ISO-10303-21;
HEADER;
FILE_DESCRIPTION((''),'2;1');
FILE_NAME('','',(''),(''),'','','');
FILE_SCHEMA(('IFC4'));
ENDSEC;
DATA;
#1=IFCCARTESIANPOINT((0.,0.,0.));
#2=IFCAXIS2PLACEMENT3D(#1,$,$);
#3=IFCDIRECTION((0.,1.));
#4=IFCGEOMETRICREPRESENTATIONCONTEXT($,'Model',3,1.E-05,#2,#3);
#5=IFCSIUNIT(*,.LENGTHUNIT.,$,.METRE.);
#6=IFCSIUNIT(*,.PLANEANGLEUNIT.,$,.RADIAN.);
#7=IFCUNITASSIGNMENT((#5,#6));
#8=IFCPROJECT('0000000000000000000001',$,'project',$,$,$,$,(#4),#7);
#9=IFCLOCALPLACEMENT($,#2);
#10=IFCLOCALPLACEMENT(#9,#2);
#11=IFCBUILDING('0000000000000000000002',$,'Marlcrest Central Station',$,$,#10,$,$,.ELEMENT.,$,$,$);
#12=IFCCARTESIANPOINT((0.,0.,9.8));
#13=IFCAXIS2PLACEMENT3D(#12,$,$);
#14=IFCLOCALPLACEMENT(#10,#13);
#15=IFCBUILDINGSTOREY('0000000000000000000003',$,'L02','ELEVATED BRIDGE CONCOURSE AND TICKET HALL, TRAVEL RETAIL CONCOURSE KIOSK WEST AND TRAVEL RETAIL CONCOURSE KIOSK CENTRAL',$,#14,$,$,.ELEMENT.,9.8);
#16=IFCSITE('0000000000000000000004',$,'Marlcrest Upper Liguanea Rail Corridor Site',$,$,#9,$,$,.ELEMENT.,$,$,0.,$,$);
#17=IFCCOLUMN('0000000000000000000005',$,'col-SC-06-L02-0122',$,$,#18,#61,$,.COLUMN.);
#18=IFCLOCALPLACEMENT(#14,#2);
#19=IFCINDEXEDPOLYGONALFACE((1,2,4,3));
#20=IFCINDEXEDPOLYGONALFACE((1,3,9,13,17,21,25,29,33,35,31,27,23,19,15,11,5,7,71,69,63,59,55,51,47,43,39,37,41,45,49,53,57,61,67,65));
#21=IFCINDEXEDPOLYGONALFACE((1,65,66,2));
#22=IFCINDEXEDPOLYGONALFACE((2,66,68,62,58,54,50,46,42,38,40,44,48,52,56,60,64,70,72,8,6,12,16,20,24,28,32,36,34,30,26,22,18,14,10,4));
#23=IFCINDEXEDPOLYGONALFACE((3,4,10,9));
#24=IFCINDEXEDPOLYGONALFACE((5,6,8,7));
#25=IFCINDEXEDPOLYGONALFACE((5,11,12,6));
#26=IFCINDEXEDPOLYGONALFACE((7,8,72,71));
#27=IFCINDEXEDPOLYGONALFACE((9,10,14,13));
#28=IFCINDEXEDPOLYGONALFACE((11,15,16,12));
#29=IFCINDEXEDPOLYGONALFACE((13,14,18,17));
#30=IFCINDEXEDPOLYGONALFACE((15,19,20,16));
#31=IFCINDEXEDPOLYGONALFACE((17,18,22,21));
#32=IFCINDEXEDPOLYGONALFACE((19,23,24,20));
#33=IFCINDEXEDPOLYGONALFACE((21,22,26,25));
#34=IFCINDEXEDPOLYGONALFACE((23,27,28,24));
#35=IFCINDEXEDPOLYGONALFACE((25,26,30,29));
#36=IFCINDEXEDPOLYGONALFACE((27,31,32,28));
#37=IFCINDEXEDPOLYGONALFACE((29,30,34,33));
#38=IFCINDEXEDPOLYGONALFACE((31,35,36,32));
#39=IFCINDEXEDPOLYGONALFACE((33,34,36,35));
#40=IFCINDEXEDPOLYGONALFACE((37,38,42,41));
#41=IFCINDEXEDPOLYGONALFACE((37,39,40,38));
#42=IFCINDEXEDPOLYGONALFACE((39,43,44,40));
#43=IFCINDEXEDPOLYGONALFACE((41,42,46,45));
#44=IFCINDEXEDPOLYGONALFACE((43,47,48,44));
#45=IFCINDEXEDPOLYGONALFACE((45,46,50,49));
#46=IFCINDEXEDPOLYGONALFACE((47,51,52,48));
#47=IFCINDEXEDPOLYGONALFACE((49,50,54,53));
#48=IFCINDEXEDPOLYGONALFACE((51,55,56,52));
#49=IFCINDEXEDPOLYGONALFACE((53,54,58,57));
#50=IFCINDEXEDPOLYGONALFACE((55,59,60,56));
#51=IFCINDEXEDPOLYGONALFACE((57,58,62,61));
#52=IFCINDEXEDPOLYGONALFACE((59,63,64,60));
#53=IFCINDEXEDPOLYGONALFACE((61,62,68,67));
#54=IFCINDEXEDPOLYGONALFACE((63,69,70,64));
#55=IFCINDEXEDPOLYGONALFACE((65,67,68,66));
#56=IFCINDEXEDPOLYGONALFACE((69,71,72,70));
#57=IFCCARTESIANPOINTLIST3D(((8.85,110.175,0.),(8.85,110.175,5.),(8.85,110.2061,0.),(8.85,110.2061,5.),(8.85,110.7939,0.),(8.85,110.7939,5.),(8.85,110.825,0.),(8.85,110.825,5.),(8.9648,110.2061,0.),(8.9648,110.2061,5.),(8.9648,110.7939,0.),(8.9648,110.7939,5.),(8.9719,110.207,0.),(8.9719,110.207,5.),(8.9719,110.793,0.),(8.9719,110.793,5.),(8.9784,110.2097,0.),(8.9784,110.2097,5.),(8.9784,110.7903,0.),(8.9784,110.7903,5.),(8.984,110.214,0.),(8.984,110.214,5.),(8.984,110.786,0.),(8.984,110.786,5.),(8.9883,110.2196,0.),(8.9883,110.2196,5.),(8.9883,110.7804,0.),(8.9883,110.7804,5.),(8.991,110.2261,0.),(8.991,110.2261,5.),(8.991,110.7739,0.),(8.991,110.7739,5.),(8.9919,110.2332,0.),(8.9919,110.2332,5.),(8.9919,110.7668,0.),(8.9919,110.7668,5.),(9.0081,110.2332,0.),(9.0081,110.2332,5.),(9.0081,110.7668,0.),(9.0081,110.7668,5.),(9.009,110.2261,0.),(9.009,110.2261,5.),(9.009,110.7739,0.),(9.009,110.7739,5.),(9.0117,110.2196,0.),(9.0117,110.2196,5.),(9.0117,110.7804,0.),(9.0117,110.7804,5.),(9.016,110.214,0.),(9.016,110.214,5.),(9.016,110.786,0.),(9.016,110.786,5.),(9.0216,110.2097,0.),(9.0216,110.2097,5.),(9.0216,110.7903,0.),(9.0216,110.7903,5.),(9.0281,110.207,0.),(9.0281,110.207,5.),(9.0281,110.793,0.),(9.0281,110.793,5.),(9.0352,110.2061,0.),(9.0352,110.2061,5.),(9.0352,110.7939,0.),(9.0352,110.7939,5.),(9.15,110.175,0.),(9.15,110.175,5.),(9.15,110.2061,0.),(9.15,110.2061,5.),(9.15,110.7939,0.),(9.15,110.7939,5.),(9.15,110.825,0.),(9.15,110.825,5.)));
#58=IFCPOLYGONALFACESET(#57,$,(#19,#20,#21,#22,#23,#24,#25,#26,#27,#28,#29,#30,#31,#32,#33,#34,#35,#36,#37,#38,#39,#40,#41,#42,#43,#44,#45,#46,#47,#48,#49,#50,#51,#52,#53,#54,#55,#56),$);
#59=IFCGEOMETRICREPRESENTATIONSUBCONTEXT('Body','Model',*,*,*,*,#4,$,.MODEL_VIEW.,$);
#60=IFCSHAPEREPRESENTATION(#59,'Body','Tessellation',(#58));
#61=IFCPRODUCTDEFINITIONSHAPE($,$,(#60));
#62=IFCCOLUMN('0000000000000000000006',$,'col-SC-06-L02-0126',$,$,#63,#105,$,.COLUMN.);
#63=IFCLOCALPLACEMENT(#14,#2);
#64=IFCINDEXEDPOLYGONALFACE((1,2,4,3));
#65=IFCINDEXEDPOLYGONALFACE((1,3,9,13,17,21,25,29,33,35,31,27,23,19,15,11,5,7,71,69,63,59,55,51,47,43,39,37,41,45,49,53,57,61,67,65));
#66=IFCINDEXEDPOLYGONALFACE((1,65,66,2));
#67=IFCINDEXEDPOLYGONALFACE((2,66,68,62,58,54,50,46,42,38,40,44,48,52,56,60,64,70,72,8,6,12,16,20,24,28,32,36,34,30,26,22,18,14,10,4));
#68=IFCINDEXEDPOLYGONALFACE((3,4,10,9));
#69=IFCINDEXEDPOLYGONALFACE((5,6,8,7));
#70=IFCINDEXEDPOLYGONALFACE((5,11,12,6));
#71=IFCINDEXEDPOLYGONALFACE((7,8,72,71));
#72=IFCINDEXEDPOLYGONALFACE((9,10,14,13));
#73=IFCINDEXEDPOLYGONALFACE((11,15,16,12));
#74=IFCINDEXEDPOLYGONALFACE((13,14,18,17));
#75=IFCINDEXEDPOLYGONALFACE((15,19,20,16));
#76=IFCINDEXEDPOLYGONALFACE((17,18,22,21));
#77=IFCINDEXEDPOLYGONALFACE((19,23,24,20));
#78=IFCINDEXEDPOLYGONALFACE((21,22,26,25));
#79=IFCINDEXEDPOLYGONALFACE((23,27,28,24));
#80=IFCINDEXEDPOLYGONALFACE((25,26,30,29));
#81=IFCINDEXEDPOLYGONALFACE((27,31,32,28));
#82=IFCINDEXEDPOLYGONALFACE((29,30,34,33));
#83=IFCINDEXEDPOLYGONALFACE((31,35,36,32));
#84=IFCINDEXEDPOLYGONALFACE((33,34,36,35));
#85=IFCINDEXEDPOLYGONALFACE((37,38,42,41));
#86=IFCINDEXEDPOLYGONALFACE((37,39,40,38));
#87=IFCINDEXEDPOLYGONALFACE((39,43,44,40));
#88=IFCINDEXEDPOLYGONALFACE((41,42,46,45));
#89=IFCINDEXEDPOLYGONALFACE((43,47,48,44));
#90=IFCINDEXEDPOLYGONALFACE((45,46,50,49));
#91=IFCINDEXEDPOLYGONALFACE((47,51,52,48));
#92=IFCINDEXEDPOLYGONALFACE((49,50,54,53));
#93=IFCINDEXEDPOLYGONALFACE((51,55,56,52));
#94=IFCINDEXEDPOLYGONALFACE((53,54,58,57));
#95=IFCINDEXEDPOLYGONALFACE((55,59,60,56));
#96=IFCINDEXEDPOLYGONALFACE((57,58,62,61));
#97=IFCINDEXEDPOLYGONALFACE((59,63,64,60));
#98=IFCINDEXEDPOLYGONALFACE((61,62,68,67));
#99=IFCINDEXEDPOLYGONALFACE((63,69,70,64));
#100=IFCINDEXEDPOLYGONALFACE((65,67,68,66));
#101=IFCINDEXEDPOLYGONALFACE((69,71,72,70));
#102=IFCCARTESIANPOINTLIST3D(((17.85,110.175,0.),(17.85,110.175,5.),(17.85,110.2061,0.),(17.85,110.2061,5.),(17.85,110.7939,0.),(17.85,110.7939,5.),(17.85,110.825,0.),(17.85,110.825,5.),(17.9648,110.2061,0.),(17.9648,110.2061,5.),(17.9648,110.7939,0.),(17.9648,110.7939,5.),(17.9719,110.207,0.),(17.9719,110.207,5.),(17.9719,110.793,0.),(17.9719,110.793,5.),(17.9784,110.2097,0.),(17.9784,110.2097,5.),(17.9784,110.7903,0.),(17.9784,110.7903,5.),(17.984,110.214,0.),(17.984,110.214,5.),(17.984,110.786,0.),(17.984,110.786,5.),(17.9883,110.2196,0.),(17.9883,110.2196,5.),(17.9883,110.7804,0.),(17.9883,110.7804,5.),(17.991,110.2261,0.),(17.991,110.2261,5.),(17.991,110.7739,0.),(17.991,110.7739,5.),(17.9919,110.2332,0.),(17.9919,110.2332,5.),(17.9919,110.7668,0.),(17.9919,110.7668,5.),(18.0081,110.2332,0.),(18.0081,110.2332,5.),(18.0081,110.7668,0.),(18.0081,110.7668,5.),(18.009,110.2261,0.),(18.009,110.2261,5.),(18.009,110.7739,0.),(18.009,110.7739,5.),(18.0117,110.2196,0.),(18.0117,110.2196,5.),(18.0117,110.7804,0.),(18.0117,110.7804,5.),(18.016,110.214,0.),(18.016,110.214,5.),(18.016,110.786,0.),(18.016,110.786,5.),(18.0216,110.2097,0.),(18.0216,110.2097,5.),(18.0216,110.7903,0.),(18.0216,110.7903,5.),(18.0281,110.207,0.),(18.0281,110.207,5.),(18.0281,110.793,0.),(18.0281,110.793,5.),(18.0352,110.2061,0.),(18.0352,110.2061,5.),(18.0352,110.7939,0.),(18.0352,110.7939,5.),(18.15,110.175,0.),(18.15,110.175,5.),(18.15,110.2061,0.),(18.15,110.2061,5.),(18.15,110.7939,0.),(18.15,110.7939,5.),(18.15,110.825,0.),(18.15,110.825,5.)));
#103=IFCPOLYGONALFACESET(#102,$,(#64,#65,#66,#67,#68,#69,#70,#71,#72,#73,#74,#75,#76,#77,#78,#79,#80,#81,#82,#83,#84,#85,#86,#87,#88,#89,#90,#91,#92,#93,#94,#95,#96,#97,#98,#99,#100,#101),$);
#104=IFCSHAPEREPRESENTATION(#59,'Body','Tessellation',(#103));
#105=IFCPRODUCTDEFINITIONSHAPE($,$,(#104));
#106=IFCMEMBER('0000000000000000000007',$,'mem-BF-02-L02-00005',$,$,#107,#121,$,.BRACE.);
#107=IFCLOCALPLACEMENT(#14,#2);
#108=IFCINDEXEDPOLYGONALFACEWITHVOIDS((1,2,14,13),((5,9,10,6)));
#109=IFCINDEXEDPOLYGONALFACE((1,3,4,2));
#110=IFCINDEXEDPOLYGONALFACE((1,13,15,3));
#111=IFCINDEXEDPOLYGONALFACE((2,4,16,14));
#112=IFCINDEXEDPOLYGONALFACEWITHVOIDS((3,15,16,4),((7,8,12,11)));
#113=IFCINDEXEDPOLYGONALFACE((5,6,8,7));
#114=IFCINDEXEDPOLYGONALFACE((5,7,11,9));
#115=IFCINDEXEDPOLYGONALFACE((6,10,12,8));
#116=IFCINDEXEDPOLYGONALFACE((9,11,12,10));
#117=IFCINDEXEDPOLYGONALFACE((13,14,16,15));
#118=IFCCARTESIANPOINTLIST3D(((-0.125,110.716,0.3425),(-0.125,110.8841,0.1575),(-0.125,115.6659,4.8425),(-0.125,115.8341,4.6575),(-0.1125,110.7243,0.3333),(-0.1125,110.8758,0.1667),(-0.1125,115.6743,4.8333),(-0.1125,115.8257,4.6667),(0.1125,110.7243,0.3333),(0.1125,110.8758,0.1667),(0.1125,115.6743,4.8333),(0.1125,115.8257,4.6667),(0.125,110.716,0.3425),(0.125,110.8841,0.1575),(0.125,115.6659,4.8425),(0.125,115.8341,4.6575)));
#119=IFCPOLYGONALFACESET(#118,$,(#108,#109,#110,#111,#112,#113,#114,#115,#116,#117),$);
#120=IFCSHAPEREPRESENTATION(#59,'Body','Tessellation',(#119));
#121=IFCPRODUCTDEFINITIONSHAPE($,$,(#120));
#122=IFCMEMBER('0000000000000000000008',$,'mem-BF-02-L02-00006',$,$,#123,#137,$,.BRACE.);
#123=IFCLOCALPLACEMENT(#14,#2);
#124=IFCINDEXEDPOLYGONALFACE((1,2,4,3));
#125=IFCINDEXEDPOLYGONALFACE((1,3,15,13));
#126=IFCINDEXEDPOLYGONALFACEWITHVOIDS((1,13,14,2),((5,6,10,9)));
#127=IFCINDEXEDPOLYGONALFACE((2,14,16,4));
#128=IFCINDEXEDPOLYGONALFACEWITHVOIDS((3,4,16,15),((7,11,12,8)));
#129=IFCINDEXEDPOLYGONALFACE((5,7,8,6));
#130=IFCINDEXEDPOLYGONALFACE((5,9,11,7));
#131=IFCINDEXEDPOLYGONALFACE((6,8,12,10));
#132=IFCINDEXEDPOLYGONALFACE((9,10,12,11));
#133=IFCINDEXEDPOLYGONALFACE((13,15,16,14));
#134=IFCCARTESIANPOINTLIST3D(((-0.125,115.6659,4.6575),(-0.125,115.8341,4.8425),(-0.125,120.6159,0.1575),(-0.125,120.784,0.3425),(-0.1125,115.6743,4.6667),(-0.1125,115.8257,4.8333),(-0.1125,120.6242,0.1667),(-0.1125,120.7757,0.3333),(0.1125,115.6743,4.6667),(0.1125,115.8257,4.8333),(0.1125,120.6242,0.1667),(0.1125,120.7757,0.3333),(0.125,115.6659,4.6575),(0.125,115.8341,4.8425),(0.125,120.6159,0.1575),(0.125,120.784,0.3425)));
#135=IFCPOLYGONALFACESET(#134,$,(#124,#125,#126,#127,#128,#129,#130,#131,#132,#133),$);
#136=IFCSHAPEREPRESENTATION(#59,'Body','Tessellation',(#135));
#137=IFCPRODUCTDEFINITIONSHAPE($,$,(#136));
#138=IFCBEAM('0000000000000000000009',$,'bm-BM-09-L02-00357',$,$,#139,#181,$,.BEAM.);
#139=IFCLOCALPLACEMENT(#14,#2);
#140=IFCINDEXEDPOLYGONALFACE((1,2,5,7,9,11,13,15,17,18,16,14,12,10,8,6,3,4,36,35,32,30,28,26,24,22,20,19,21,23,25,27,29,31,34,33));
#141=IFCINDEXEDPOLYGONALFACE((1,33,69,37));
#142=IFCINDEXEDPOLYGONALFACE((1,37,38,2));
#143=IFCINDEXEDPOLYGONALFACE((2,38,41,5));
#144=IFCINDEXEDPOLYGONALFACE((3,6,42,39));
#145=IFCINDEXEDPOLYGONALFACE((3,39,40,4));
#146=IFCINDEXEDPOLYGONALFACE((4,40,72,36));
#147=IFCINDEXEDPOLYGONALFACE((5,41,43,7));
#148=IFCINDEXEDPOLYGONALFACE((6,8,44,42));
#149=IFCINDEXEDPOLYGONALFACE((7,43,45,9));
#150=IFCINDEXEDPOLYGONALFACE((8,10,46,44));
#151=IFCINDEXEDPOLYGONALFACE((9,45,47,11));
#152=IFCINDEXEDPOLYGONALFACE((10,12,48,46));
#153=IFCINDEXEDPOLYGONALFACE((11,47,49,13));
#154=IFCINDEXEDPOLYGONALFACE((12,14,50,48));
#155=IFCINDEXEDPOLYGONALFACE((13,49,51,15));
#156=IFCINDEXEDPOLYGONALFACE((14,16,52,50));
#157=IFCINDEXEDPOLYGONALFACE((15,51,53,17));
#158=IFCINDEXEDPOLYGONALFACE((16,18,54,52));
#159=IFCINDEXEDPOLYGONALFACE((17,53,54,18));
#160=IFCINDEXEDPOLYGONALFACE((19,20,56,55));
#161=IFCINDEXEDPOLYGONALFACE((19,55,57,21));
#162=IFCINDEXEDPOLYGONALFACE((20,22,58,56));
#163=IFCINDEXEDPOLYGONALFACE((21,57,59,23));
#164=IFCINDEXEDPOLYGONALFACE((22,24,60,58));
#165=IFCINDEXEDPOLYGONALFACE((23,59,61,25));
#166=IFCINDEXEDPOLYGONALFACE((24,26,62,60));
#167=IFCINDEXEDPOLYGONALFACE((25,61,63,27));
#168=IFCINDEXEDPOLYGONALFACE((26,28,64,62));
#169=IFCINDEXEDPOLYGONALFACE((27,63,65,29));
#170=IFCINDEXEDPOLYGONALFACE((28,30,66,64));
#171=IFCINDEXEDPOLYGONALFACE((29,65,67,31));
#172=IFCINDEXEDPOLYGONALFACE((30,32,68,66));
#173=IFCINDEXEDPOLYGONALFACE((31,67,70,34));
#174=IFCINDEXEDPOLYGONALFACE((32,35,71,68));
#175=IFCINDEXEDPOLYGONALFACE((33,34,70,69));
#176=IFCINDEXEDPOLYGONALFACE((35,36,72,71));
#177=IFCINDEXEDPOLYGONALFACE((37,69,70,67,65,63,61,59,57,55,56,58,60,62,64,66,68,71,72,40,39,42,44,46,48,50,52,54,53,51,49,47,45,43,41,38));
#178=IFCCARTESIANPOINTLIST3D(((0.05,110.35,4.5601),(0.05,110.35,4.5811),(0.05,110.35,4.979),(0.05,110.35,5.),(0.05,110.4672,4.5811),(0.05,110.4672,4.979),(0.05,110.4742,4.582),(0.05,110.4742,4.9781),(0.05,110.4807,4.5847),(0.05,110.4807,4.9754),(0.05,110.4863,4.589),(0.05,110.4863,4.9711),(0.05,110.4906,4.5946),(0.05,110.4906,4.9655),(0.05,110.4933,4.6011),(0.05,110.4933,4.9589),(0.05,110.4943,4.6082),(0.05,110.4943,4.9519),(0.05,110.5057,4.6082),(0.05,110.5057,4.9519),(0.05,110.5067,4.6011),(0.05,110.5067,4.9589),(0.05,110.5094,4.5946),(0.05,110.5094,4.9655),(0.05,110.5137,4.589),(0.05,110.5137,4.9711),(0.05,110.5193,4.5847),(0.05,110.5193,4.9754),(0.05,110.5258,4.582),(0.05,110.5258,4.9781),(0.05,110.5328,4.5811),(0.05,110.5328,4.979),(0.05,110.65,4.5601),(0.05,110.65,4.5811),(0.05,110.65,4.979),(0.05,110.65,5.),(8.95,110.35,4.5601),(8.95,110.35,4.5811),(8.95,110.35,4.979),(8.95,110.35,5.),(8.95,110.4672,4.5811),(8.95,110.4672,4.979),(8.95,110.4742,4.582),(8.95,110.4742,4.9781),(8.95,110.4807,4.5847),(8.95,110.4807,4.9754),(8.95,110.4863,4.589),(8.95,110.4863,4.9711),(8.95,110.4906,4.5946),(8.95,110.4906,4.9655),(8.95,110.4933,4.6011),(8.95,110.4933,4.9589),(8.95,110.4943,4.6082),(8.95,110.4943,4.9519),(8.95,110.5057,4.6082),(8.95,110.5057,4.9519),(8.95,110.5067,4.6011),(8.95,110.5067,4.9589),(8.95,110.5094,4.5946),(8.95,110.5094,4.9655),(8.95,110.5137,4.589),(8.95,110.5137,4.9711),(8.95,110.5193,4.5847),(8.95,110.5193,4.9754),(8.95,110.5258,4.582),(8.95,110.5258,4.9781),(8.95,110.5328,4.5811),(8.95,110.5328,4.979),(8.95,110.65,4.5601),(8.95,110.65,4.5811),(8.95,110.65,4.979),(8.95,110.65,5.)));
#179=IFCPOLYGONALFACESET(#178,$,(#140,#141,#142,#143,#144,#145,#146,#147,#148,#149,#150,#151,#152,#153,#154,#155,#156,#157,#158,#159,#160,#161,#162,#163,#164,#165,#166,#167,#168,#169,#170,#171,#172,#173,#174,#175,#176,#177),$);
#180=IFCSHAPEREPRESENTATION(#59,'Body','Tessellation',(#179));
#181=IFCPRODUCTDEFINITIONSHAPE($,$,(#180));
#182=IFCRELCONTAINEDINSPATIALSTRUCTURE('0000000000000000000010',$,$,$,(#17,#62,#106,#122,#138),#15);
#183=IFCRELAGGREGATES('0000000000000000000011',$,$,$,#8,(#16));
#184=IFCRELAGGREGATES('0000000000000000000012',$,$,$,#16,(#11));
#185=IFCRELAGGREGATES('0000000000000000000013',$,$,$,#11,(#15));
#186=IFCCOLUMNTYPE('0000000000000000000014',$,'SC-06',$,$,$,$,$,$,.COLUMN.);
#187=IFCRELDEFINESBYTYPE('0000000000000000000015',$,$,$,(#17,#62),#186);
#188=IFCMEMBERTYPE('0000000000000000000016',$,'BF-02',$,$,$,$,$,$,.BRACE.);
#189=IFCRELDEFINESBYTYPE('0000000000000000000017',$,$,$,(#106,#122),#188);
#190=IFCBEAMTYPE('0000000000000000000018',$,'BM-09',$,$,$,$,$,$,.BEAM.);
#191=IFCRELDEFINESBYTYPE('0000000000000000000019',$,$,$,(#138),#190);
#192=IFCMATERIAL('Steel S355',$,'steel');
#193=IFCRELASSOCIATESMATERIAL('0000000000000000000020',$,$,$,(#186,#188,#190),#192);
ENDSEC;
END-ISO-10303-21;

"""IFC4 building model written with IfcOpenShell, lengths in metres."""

from ifc_helpers import new_model, si_unit, direction, frame, origin, origin_2d, place, context, subcontext, project, spatial, hollow_rectangle, i_section, extrude, material, material_profile, profile_set, type_object, element, save


model = new_model("IFC4")

# Units and contexts
model_context = context("Model", 3, precision=1e-05, world=origin(), true_north=direction((0.0, 1.0)))
body_context = subcontext(model_context, "Body", "Model", "MODEL_VIEW")
ifc_project = project(units=[si_unit("LENGTHUNIT", "METRE"), si_unit("PLANEANGLEUNIT", "RADIAN")], contexts=[model_context])

# Site, building, storey
site_placement = place(None, origin())
site = spatial("IfcSite", under=ifc_project, at=site_placement, Name="Marlcrest Upper Liguanea Rail Corridor Site", CompositionType="ELEMENT", RefElevation=0.0)
building_placement = place(site_placement, origin())
building = spatial("IfcBuilding", under=site, at=building_placement, Name="Marlcrest Central Station", CompositionType="ELEMENT")
storey_placement = place(building_placement, frame((0.0, 0.0, 9.8)))
storey = spatial("IfcBuildingStorey", under=building, at=storey_placement, Name="L02", Description="ELEVATED BRIDGE CONCOURSE AND TICKET HALL, TRAVEL RETAIL CONCOURSE KIOSK WEST AND TRAVEL RETAIL CONCOURSE KIOSK CENTRAL", CompositionType="ELEMENT", Elevation=9.8)

# Columns
ifc_material_1 = material(Name="Steel S355", Category="steel")
ifc_material_profile_1 = material_profile(ifc_material_1, i_section(OverallWidth=0.3, OverallDepth=0.6499, WebThickness=0.0161, FlangeThickness=0.031, FilletRadius=0.0271, at=origin_2d()), Name="HEB 650")
ifc_profile_set_1 = profile_set([ifc_material_profile_1], Name="Steel S355")
column_type = type_object("IfcColumnType", Name="SC-06", PredefinedType="COLUMN", material=ifc_profile_set_1)
for number, where, z_axis, x_axis, name in (
    (1, (9.0, 110.5, 0.0), (0.0, 0.0, 1.0), (1.0, 0.0, 0.0), "col-SC-06-L02-0122"),
    (2, (18.0, 110.5, 0.0), (0.0, 0.0, 1.0), (1.0, 0.0, 0.0), "col-SC-06-L02-0126"),
):
    element("IfcColumn", number, at=place(storey_placement, frame(where, z_axis=z_axis, x_axis=x_axis)), inside=storey, type_object=column_type, Name=name, PredefinedType="COLUMN", context=body_context, shape_type="SweptSolid", body=[
        extrude(i_section(OverallWidth=0.3, OverallDepth=0.6499, WebThickness=0.0161, FlangeThickness=0.031, FilletRadius=0.0271, at=origin_2d()), origin(), (0.0, 0.0, 1.0), 5.0),
    ])

# Members
ifc_material_profile_2 = material_profile(ifc_material_1, hollow_rectangle(XDim=0.25, YDim=0.25, WallThickness=0.0125, at=origin_2d()), Name="SHS 250x250x12.5")
ifc_profile_set_2 = profile_set([ifc_material_profile_2], Name="Steel S355")
member_type = type_object("IfcMemberType", Name="BF-02", PredefinedType="BRACE", material=ifc_profile_set_2)
for number, where, z_axis, x_axis, name in (
    (3, (0.0, 110.8, 0.25), (0.0, 0.739937, 0.672676), (-1.0, 0.0, 0.0), "mem-BF-02-L02-00005"),
    (4, (0.0, 120.7, 0.25), (0.0, -0.739937, 0.672676), (1.0, 0.0, 0.0), "mem-BF-02-L02-00006"),
):
    element("IfcMember", number, at=place(storey_placement, frame(where, z_axis=z_axis, x_axis=x_axis)), inside=storey, type_object=member_type, Name=name, PredefinedType="BRACE", context=body_context, shape_type="SweptSolid", body=[
        extrude(hollow_rectangle(XDim=0.25, YDim=0.25, WallThickness=0.0125, at=origin_2d()), origin(), (0.0, 0.0, 1.0), 6.6897),
    ])

# Beam
ifc_material_profile_3 = material_profile(ifc_material_1, i_section(OverallWidth=0.3, OverallDepth=0.4399, WebThickness=0.0115, FlangeThickness=0.021, FilletRadius=0.0271, at=origin_2d()), Name="HEA 450")
ifc_profile_set_3 = profile_set([ifc_material_profile_3], Name="Steel S355")
beam_type_1 = type_object("IfcBeamType", Name="BM-09", PredefinedType="BEAM", material=ifc_profile_set_3)
for number, where, z_axis, x_axis, name in (
    (5, (0.05, 110.5, 4.78), (1.0, 0.0, 0.0), (0.0, 1.0, 0.0), "bm-BM-09-L02-00357"),
):
    element("IfcBeam", number, at=place(storey_placement, frame(where, z_axis=z_axis, x_axis=x_axis)), inside=storey, type_object=beam_type_1, Name=name, PredefinedType="BEAM", context=body_context, shape_type="SweptSolid", body=[
        extrude(i_section(OverallWidth=0.3, OverallDepth=0.4399, WebThickness=0.0115, FlangeThickness=0.021, FilletRadius=0.0271, at=origin_2d()), origin(), (0.0, 0.0, 1.0), 8.8999),
    ])

save(model, "model.ifc")
